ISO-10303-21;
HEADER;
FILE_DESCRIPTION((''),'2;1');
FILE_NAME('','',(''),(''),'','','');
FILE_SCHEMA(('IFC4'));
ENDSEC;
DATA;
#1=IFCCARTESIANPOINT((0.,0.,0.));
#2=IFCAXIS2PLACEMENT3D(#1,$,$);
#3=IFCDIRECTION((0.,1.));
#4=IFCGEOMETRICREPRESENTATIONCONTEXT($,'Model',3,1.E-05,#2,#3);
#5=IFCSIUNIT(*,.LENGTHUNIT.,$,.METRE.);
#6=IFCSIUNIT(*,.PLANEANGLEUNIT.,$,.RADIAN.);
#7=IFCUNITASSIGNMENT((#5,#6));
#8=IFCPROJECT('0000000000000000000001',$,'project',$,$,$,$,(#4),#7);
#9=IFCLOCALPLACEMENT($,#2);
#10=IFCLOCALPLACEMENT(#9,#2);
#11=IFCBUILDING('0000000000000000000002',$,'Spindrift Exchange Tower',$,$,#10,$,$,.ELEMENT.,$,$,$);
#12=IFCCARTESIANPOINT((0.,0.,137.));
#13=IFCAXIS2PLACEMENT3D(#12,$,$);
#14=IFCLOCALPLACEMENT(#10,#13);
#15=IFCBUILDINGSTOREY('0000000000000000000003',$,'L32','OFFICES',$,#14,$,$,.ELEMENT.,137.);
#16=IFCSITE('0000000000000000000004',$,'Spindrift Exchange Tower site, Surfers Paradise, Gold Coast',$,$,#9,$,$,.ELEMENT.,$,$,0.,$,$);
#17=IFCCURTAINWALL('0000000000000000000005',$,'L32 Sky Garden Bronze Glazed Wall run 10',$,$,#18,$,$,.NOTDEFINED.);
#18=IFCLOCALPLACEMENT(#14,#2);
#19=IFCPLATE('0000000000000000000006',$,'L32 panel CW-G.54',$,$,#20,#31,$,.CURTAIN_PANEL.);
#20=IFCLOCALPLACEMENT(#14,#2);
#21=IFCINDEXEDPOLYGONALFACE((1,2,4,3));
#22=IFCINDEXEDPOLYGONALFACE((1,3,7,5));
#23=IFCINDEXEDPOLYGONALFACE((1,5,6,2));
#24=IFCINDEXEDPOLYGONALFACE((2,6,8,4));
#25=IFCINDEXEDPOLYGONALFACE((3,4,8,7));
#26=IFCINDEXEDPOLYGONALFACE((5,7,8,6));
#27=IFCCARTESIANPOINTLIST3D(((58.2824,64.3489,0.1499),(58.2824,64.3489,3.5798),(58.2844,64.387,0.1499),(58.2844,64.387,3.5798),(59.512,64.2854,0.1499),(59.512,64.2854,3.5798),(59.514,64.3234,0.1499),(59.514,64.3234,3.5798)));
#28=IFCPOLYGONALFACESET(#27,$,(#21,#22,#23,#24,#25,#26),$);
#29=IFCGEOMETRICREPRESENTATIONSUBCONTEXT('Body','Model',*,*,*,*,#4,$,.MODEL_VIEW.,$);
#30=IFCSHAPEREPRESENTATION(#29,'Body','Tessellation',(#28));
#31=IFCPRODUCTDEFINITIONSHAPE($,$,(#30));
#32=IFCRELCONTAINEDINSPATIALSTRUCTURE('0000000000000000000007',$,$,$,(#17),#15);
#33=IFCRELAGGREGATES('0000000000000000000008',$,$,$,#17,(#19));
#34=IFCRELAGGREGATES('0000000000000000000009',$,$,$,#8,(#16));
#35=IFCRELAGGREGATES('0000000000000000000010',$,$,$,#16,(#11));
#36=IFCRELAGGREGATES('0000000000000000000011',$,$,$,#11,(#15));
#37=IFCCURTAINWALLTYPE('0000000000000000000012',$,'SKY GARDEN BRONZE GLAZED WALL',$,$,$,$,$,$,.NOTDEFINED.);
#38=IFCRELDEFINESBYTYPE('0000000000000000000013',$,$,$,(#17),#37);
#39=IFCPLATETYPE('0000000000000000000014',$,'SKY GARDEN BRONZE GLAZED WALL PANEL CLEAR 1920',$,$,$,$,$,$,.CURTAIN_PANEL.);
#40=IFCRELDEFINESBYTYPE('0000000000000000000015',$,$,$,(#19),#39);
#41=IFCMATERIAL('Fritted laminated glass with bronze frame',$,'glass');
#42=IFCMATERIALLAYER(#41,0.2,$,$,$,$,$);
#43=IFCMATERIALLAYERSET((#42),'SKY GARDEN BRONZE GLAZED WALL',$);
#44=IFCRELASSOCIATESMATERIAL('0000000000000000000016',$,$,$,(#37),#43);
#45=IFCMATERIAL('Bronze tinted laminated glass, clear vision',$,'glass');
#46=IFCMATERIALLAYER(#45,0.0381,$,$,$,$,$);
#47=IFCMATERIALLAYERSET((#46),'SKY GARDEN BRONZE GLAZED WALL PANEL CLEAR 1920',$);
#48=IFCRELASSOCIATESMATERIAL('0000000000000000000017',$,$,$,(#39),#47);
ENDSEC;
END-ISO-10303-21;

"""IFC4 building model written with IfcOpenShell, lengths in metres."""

from ifc_helpers import new_model, si_unit, direction, frame, origin, origin_2d, place, context, subcontext, project, spatial, rectangle, extrude, source, transform, mapped, material, layer, layer_set, type_object, element, aggregate, save


model = new_model("IFC4")

# Units and contexts
model_context = context("Model", 3, precision=1e-05, world=origin(), true_north=direction((0.0, 1.0)))
body_context = subcontext(model_context, "Body", "Model", "MODEL_VIEW")
ifc_project = project(units=[si_unit("LENGTHUNIT", "METRE"), si_unit("PLANEANGLEUNIT", "RADIAN")], contexts=[model_context])

# Site, building, storey
site_placement = place(None, origin())
site = spatial("IfcSite", under=ifc_project, at=site_placement, Name="Spindrift Exchange Tower site, Surfers Paradise, Gold Coast", CompositionType="ELEMENT", RefElevation=0.0)
building_placement = place(site_placement, origin())
building = spatial("IfcBuilding", under=site, at=building_placement, Name="Spindrift Exchange Tower", CompositionType="ELEMENT")
storey_placement = place(building_placement, frame((0.0, 0.0, 137.0)))
storey = spatial("IfcBuildingStorey", under=building, at=storey_placement, Name="L32", Description="OFFICES", CompositionType="ELEMENT", Elevation=137.0)

# Curtain wall
ifc_material_1 = material(Name="Fritted laminated glass with bronze frame", Category="glass")
ifc_layer_1 = layer(ifc_material_1, 0.2)
ifc_layer_set_1 = layer_set([ifc_layer_1], Name="SKY GARDEN BRONZE GLAZED WALL")
curtain_wall_type = type_object("IfcCurtainWallType", Name="SKY GARDEN BRONZE GLAZED WALL", PredefinedType="NOTDEFINED", material=ifc_layer_set_1)
curtain_wall_1_placement = place(storey_placement, origin())
curtain_wall_1 = element("IfcCurtainWall", 1, at=curtain_wall_1_placement, inside=storey, type_object=curtain_wall_type, Name="L32 Sky Garden Bronze Glazed Wall run 10", PredefinedType="NOTDEFINED")

# Plate
ifc_material_2 = material(Name="Bronze tinted laminated glass, clear vision", Category="glass")
ifc_layer_2 = layer(ifc_material_2, 0.0381)
ifc_layer_set_2 = layer_set([ifc_layer_2], Name="SKY GARDEN BRONZE GLAZED WALL PANEL CLEAR 1920")
plate_type_1 = type_object("IfcPlateType", Name="SKY GARDEN BRONZE GLAZED WALL PANEL CLEAR 1920", PredefinedType="CURTAIN_PANEL", material=ifc_layer_set_2)
shared_shape_1 = source(origin(), body_context, "Body", "SweptSolid", [
    extrude(rectangle(XDim=1.2312, YDim=0.0381, at=origin_2d()), origin(), (0.0, 0.0, 1.0), 3.4299),
])
plate_1_placement = place(storey_placement, frame((58.8982, 64.3362, 0.1499), z_axis=(0.0, 0.0, 1.0), x_axis=(-0.998668, 0.05159, 0.0)))
plate_1 = element("IfcPlate", 2, at=plate_1_placement, type_object=plate_type_1, Name="L32 panel CW-G.54", PredefinedType="CURTAIN_PANEL", context=body_context, shape_type="MappedRepresentation", body=[
    mapped(shared_shape_1, transform((0.0, 0.0, 0.0), scale=1.0)),
])
aggregate(curtain_wall_1, [plate_1])

save(model, "model.ifc")
